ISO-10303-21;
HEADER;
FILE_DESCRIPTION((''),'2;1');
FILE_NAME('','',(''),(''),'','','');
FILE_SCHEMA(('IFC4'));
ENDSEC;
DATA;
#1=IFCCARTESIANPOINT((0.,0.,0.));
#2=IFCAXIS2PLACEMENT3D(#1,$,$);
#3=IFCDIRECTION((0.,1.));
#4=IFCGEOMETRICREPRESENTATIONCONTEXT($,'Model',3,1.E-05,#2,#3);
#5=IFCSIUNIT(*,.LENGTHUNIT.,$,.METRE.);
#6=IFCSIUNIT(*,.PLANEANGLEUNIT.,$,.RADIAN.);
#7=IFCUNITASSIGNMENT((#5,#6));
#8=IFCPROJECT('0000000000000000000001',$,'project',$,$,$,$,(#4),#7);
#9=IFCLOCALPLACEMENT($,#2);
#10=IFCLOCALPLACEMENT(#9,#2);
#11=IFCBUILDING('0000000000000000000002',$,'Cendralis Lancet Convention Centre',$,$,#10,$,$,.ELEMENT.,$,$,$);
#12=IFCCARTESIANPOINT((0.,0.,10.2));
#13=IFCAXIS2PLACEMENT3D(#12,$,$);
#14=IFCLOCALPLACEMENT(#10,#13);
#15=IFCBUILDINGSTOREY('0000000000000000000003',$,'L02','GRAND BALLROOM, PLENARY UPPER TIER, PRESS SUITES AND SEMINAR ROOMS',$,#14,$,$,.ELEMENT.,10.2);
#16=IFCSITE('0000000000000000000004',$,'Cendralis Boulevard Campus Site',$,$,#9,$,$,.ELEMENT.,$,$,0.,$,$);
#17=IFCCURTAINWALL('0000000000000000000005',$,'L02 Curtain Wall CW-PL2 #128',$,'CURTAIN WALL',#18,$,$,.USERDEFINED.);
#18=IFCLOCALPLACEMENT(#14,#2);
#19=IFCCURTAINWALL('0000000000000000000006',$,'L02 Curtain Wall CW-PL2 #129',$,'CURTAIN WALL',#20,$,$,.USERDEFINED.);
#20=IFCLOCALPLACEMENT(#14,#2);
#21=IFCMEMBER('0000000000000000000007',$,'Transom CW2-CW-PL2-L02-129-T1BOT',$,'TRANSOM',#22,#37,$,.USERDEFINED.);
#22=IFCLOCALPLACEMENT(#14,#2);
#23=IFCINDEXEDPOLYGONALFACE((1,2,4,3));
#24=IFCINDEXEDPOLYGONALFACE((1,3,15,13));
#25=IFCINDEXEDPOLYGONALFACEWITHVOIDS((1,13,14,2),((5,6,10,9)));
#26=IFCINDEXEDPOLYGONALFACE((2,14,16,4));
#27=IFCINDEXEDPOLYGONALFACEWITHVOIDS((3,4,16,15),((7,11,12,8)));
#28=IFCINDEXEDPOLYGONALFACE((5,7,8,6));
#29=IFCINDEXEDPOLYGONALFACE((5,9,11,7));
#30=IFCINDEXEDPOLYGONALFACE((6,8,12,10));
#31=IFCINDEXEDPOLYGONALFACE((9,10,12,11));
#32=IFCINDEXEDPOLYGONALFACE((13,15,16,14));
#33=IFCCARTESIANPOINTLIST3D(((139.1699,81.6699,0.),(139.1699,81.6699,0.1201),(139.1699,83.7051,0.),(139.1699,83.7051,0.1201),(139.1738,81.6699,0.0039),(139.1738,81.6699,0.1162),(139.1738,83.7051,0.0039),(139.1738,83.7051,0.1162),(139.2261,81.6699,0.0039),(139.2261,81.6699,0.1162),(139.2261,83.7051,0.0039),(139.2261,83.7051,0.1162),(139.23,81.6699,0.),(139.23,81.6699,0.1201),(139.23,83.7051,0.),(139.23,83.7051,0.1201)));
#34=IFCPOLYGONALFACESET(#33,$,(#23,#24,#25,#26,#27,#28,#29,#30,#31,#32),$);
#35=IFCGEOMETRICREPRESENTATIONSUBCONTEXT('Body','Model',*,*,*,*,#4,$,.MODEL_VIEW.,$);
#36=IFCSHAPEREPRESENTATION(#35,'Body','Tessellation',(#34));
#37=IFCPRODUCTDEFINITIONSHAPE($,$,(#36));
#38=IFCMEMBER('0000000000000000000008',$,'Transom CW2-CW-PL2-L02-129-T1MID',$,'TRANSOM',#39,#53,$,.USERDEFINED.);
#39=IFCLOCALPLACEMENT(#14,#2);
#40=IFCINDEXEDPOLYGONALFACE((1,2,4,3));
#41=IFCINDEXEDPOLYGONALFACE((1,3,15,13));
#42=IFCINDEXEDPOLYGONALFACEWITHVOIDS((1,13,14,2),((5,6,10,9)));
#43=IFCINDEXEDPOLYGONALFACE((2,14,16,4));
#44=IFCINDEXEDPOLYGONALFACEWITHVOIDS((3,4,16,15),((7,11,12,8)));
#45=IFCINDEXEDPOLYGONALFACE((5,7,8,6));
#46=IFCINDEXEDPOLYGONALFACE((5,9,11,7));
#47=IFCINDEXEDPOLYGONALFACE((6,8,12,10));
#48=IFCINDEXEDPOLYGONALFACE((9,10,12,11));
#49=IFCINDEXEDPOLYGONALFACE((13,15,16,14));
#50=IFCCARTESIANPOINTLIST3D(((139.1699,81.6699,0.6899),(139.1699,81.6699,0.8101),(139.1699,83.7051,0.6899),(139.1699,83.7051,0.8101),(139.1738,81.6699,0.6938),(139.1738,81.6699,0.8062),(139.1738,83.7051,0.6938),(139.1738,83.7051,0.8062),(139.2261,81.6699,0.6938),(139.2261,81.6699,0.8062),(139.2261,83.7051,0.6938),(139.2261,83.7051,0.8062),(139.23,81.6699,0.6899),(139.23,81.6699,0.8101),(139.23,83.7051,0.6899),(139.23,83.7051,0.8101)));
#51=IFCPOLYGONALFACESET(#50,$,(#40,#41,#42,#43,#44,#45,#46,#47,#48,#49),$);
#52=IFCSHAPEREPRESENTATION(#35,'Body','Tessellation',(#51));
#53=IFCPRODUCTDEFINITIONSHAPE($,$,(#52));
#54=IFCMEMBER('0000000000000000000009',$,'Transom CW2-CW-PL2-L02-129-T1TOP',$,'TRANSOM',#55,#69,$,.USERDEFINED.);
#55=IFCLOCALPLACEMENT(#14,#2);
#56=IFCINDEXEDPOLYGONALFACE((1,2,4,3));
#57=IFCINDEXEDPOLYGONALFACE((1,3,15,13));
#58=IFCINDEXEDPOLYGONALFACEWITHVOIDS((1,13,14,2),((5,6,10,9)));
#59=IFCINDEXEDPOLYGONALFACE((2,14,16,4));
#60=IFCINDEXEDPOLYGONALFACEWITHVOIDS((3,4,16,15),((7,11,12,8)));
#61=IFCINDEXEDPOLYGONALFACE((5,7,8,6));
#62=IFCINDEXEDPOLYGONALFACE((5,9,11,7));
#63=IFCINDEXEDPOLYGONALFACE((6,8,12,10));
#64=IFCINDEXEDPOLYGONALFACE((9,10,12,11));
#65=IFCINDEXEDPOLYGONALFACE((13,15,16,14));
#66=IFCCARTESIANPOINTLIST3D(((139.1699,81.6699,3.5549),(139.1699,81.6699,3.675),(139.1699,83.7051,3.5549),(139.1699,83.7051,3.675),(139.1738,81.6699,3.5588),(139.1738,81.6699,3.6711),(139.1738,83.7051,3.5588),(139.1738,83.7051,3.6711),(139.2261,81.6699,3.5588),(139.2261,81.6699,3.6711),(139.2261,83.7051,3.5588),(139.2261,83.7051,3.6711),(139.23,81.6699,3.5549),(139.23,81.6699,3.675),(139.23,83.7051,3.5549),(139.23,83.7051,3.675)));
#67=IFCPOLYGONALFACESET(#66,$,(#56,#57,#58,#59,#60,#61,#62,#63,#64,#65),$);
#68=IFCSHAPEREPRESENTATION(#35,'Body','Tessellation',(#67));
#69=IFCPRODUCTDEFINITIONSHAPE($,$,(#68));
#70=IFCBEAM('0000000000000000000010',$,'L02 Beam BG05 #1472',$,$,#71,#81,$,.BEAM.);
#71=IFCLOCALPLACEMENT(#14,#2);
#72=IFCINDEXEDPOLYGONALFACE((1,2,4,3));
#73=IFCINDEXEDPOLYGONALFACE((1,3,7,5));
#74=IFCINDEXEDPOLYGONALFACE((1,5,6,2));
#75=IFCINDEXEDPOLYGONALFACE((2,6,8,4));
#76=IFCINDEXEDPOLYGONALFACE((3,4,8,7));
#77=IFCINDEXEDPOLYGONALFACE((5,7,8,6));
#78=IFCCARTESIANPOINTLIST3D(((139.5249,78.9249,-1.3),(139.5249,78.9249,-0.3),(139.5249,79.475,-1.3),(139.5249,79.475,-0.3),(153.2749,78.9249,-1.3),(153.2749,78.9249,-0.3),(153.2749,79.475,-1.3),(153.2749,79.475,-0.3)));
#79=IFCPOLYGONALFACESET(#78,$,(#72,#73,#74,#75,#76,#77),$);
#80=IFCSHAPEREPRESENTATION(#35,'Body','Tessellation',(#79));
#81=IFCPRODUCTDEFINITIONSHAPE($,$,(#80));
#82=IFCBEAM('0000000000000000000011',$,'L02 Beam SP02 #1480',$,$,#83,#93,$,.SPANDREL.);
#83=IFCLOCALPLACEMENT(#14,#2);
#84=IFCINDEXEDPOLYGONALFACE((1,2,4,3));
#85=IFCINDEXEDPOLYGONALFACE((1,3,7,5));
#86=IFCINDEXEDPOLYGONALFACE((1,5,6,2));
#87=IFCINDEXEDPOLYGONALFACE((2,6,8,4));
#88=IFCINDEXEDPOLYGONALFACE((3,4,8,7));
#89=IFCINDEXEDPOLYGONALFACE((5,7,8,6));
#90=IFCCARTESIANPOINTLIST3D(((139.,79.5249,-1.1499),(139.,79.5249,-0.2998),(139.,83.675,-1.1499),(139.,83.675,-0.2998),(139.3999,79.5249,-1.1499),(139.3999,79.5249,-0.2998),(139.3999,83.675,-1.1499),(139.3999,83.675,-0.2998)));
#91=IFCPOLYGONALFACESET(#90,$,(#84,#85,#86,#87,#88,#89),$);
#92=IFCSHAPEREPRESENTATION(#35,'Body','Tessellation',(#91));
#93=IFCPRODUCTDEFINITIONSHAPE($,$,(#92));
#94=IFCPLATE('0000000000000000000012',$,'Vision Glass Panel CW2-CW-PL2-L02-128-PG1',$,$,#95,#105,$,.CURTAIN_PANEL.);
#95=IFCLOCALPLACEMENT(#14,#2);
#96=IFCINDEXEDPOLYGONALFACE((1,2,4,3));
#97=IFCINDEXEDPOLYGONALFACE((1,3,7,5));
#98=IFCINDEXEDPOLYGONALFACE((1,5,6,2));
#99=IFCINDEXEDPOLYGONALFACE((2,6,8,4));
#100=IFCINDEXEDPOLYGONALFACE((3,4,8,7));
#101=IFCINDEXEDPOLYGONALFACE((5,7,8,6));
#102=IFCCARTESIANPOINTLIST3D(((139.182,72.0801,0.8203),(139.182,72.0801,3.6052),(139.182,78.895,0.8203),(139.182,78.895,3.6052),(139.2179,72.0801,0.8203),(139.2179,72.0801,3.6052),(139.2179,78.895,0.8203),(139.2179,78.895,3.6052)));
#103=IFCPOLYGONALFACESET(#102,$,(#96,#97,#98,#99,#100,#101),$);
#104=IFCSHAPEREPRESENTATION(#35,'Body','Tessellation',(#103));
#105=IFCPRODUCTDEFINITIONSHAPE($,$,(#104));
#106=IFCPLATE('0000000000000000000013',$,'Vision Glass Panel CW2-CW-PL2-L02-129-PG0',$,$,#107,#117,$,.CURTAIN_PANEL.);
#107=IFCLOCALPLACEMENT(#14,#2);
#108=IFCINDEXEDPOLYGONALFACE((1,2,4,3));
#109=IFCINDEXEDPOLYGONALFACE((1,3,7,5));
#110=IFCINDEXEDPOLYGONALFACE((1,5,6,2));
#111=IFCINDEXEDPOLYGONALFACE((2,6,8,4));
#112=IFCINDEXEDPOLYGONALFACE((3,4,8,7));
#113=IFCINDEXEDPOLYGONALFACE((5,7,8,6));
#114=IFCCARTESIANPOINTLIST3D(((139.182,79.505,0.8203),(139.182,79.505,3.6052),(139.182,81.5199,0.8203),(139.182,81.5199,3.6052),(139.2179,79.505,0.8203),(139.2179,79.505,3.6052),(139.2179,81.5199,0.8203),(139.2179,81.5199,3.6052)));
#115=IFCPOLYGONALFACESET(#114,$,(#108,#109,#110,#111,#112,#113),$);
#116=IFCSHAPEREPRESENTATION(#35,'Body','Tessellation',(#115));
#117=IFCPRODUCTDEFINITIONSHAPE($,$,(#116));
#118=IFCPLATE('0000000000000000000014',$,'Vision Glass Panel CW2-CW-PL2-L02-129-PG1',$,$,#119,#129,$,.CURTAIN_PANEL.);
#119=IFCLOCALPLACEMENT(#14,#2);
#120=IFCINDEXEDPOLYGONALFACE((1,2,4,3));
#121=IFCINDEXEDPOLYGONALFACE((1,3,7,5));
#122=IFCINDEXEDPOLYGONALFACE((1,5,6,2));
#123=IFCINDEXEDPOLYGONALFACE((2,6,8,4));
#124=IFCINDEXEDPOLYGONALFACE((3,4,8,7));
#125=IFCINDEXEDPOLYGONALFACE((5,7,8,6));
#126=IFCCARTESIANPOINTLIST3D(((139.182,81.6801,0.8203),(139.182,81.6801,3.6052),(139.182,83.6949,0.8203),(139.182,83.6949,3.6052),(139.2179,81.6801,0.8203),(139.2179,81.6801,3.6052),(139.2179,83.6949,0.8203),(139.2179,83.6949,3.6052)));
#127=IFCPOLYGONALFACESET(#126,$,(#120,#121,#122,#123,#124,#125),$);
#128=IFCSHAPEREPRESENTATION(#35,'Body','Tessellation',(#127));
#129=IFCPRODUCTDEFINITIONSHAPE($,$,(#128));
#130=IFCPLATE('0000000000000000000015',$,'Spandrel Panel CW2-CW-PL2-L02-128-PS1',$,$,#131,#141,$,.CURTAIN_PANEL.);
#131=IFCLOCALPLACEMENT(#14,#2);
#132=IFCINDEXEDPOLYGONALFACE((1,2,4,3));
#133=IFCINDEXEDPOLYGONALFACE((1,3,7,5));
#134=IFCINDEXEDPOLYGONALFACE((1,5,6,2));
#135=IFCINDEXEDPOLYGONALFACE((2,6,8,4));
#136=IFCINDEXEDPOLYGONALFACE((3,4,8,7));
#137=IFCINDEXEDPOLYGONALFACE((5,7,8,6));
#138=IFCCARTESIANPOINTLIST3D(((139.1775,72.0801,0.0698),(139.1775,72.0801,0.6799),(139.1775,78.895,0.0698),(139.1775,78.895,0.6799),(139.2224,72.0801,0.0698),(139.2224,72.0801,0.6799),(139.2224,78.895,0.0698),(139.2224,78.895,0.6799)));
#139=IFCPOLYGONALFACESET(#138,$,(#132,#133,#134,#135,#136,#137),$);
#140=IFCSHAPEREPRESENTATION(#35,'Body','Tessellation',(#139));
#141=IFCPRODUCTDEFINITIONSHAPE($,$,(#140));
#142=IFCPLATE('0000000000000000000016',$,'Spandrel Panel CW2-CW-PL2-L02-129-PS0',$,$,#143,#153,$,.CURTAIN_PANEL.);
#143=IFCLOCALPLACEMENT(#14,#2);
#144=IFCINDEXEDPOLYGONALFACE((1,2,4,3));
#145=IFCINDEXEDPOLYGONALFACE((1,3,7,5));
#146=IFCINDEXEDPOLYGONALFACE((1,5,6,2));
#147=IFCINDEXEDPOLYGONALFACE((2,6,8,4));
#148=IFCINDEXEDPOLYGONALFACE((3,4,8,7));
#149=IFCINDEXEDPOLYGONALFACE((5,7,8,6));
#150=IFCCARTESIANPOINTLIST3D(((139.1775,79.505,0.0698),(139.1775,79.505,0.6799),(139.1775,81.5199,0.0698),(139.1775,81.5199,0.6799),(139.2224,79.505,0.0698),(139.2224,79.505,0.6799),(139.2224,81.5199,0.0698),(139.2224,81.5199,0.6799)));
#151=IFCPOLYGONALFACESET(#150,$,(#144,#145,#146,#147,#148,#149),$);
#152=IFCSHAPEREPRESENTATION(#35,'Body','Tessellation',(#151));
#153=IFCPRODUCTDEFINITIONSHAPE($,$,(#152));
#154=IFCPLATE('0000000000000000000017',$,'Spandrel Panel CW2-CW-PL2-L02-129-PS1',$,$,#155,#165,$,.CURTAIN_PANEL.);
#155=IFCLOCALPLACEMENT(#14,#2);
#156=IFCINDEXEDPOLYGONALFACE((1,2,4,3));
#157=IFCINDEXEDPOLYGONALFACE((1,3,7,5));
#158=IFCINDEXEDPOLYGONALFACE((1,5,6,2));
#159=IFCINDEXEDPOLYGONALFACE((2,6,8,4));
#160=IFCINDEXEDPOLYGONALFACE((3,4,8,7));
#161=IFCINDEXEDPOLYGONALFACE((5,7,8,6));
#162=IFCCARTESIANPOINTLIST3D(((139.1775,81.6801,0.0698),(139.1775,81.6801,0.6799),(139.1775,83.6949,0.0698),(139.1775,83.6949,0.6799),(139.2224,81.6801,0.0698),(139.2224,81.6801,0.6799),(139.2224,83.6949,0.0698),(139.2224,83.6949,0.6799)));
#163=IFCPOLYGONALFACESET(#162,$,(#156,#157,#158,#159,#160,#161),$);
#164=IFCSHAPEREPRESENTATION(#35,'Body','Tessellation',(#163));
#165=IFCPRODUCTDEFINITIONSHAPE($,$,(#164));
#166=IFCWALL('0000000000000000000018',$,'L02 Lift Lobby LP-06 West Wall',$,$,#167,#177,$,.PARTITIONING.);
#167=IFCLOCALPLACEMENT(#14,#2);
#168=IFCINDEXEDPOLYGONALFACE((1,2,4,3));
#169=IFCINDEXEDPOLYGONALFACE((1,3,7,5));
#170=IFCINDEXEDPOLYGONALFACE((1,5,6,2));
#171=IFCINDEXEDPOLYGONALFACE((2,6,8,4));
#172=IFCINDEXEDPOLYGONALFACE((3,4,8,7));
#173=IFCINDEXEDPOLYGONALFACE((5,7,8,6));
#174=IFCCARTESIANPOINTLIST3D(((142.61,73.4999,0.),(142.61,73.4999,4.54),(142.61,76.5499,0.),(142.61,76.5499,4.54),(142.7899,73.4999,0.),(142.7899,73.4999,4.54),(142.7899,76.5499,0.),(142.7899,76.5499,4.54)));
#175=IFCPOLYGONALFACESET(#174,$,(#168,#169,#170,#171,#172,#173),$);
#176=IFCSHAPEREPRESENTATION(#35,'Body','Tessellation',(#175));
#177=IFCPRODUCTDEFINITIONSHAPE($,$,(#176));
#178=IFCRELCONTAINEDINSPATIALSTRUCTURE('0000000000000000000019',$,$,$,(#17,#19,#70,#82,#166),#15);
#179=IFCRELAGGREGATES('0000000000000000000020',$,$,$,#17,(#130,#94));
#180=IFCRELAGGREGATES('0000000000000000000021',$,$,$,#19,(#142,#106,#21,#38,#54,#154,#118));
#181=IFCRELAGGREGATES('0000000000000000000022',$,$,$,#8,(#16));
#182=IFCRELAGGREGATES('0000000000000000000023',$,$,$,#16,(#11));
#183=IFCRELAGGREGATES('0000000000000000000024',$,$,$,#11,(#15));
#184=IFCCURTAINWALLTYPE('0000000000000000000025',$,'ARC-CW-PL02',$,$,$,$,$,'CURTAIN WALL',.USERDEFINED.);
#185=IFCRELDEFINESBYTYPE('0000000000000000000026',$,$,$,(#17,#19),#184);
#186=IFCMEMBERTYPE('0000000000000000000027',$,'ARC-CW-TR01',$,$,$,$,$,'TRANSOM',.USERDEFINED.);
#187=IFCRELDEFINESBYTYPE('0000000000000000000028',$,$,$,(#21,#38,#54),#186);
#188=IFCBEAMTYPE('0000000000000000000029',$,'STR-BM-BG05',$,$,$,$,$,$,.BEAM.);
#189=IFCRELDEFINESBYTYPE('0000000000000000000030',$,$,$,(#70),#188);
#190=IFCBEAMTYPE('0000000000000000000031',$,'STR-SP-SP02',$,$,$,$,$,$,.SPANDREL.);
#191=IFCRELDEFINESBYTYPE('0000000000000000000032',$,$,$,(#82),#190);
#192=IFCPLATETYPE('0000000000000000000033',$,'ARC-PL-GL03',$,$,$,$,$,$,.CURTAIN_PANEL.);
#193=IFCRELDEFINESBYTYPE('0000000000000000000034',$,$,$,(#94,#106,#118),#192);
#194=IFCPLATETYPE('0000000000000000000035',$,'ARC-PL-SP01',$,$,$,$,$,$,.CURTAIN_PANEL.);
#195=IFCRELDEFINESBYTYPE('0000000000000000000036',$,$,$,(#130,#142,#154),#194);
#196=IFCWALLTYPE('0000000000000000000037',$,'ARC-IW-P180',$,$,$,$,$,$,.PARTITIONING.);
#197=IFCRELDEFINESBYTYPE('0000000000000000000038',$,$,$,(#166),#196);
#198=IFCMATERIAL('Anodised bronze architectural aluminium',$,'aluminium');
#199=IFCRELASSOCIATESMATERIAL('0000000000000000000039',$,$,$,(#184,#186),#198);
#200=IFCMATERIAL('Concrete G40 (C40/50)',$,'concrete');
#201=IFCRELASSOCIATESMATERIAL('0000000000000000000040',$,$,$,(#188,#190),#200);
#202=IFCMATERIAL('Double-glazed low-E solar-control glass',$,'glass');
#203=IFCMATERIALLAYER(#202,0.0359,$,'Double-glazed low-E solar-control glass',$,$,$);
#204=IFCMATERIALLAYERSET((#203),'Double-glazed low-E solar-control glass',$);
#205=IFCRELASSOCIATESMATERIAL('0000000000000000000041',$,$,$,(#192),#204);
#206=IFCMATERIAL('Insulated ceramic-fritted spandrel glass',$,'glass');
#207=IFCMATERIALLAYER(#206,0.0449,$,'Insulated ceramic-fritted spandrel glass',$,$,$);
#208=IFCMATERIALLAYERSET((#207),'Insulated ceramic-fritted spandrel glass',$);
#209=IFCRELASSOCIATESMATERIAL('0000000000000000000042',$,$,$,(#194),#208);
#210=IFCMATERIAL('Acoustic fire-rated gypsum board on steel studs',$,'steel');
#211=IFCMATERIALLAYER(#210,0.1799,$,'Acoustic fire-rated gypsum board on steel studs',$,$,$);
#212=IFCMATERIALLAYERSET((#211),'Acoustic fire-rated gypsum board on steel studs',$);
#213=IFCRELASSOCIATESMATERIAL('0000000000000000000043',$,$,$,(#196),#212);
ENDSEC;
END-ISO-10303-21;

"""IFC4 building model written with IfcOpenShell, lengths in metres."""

from ifc_helpers import new_model, si_unit, direction, frame, frame_2d, origin, origin_2d, place, context, subcontext, project, spatial, rectangle, hollow_rectangle, extrude, material, layer, layer_set, material_profile, profile_set, type_object, element, aggregate, save


model = new_model("IFC4")

# Units and contexts
model_context = context("Model", 3, precision=1e-05, world=origin(), true_north=direction((0.0, 1.0)))
body_context = subcontext(model_context, "Body", "Model", "MODEL_VIEW")
ifc_project = project(units=[si_unit("LENGTHUNIT", "METRE"), si_unit("PLANEANGLEUNIT", "RADIAN")], contexts=[model_context])

# Site, building, storey
site_placement = place(None, origin())
site = spatial("IfcSite", under=ifc_project, at=site_placement, Name="Cendralis Boulevard Campus Site", CompositionType="ELEMENT", RefElevation=0.0)
building_placement = place(site_placement, origin())
building = spatial("IfcBuilding", under=site, at=building_placement, Name="Cendralis Lancet Convention Centre", CompositionType="ELEMENT")
storey_placement = place(building_placement, frame((0.0, 0.0, 10.2)))
storey = spatial("IfcBuildingStorey", under=building, at=storey_placement, Name="L02", Description="GRAND BALLROOM, PLENARY UPPER TIER, PRESS SUITES AND SEMINAR ROOMS", CompositionType="ELEMENT", Elevation=10.2)

# Curtain wall
ifc_material_1 = material(Name="Anodised bronze architectural aluminium", Category="aluminium")
curtain_wall_type = type_object("IfcCurtainWallType", Name="ARC-CW-PL02", ElementType="CURTAIN WALL", PredefinedType="USERDEFINED", material=ifc_material_1)
curtain_wall_1_placement = place(storey_placement, origin())
curtain_wall_1 = element("IfcCurtainWall", 1, at=curtain_wall_1_placement, inside=storey, type_object=curtain_wall_type, Name="L02 Curtain Wall CW-PL2 #128", ObjectType="CURTAIN WALL", PredefinedType="USERDEFINED")

# Curtain wall
curtain_wall_2_placement = place(storey_placement, origin())
curtain_wall_2 = element("IfcCurtainWall", 2, at=curtain_wall_2_placement, inside=storey, type_object=curtain_wall_type, Name="L02 Curtain Wall CW-PL2 #129", ObjectType="CURTAIN WALL", PredefinedType="USERDEFINED")

# Members
ifc_material_profile_1 = material_profile(ifc_material_1, hollow_rectangle(XDim=0.0601, YDim=0.1201, WallThickness=0.0039, at=origin_2d()), Name="AL-TRAN 60x120x4.0")
ifc_profile_set_1 = profile_set([ifc_material_profile_1], Name="Anodised bronze architectural aluminium")
member_type_1 = type_object("IfcMemberType", Name="ARC-CW-TR01", ElementType="TRANSOM", PredefinedType="USERDEFINED", material=ifc_profile_set_1)
member_1_placement = place(storey_placement, frame((139.2, 81.6699, 0.0601), z_axis=(0.0, 1.0, 0.0), x_axis=(-1.0, 0.0, 0.0)))
member_1 = element("IfcMember", 3, at=member_1_placement, type_object=member_type_1, Name="Transom CW2-CW-PL2-L02-129-T1BOT", ObjectType="TRANSOM", PredefinedType="USERDEFINED", context=body_context, shape_type="SweptSolid", body=[
    extrude(hollow_rectangle(XDim=0.0601, YDim=0.1201, WallThickness=0.0039, at=origin_2d()), origin(), (0.0, 0.0, 1.0), 2.0352),
])
member_2_placement = place(storey_placement, frame((139.2, 81.6699, 0.75), z_axis=(0.0, 1.0, 0.0), x_axis=(-1.0, 0.0, 0.0)))
member_2 = element("IfcMember", 4, at=member_2_placement, type_object=member_type_1, Name="Transom CW2-CW-PL2-L02-129-T1MID", ObjectType="TRANSOM", PredefinedType="USERDEFINED", context=body_context, shape_type="SweptSolid", body=[
    extrude(hollow_rectangle(XDim=0.0601, YDim=0.1201, WallThickness=0.0039, at=origin_2d()), origin(), (0.0, 0.0, 1.0), 2.0352),
])
member_3_placement = place(storey_placement, frame((139.2, 81.6699, 3.615), z_axis=(0.0, 1.0, 0.0), x_axis=(-1.0, 0.0, 0.0)))
member_3 = element("IfcMember", 5, at=member_3_placement, type_object=member_type_1, Name="Transom CW2-CW-PL2-L02-129-T1TOP", ObjectType="TRANSOM", PredefinedType="USERDEFINED", context=body_context, shape_type="SweptSolid", body=[
    extrude(hollow_rectangle(XDim=0.0601, YDim=0.1201, WallThickness=0.0039, at=origin_2d()), origin(), (0.0, 0.0, 1.0), 2.0352),
])

# Beams
ifc_material_2 = material(Name="Concrete G40 (C40/50)", Category="concrete")
ifc_material_profile_2 = material_profile(ifc_material_2, rectangle(XDim=0.55, YDim=1.0, at=origin_2d()), Name="RCB 550x1000")
ifc_profile_set_2 = profile_set([ifc_material_profile_2], Name="Concrete G40 (C40/50)")
beam_type_1 = type_object("IfcBeamType", Name="STR-BM-BG05", PredefinedType="BEAM", material=ifc_profile_set_2)
beam_1_placement = place(storey_placement, frame((139.5249, 79.2, -0.8), z_axis=(1.0, 0.0, 0.0), x_axis=(0.0, 1.0, 0.0)))
element("IfcBeam", 6, at=beam_1_placement, inside=storey, type_object=beam_type_1, Name="L02 Beam BG05 #1472", PredefinedType="BEAM", context=body_context, shape_type="SweptSolid", body=[
    extrude(rectangle(XDim=0.55, YDim=1.0, at=origin_2d()), origin(), (0.0, 0.0, 1.0), 13.75),
])
ifc_material_profile_3 = material_profile(ifc_material_2, rectangle(XDim=0.3999, YDim=0.8501, at=origin_2d()), Name="RCB 400x850")
ifc_profile_set_3 = profile_set([ifc_material_profile_3], Name="Concrete G40 (C40/50)")
beam_type_2 = type_object("IfcBeamType", Name="STR-SP-SP02", PredefinedType="SPANDREL", material=ifc_profile_set_3)
beam_2_placement = place(storey_placement, frame((139.2, 79.5249, -0.7249), z_axis=(0.0, 1.0, 0.0), x_axis=(-1.0, 0.0, 0.0)))
element("IfcBeam", 7, at=beam_2_placement, inside=storey, type_object=beam_type_2, Name="L02 Beam SP02 #1480", PredefinedType="SPANDREL", context=body_context, shape_type="SweptSolid", body=[
    extrude(rectangle(XDim=0.3999, YDim=0.8501, at=origin_2d()), origin(), (0.0, 0.0, 1.0), 4.1501),
])

# Plates
ifc_material_3 = material(Name="Double-glazed low-E solar-control glass", Category="glass")
ifc_layer_1 = layer(ifc_material_3, 0.0359, Name="Double-glazed low-E solar-control glass")
ifc_layer_set_1 = layer_set([ifc_layer_1], Name="Double-glazed low-E solar-control glass")
plate_type_1 = type_object("IfcPlateType", Name="ARC-PL-GL03", PredefinedType="CURTAIN_PANEL", material=ifc_layer_set_1)
plate_1_placement = place(storey_placement, frame((139.2, 75.4875, 0.8203), z_axis=(0.0, 0.0, 1.0), x_axis=(0.0, 1.0, 0.0)))
plate_1 = element("IfcPlate", 8, at=plate_1_placement, type_object=plate_type_1, Name="Vision Glass Panel CW2-CW-PL2-L02-128-PG1", PredefinedType="CURTAIN_PANEL", context=body_context, shape_type="SweptSolid", body=[
    extrude(rectangle(XDim=6.8149, YDim=0.0359, at=origin_2d()), origin(), (0.0, 0.0, 1.0), 2.7849),
])
plate_2_placement = place(storey_placement, frame((139.2, 80.5125, 0.8203), z_axis=(0.0, 0.0, 1.0), x_axis=(0.0, 1.0, 0.0)))
plate_2 = element("IfcPlate", 9, at=plate_2_placement, type_object=plate_type_1, Name="Vision Glass Panel CW2-CW-PL2-L02-129-PG0", PredefinedType="CURTAIN_PANEL", context=body_context, shape_type="SweptSolid", body=[
    extrude(rectangle(XDim=2.0149, YDim=0.0359, at=origin_2d()), origin(), (0.0, 0.0, 1.0), 2.7849),
])
plate_3_placement = place(storey_placement, frame((139.2, 82.6875, 0.8203), z_axis=(0.0, 0.0, 1.0), x_axis=(0.0, 1.0, 0.0)))
plate_3 = element("IfcPlate", 10, at=plate_3_placement, type_object=plate_type_1, Name="Vision Glass Panel CW2-CW-PL2-L02-129-PG1", PredefinedType="CURTAIN_PANEL", context=body_context, shape_type="SweptSolid", body=[
    extrude(rectangle(XDim=2.0149, YDim=0.0359, at=origin_2d()), origin(), (0.0, 0.0, 1.0), 2.7849),
])
ifc_material_4 = material(Name="Insulated ceramic-fritted spandrel glass", Category="glass")
ifc_layer_2 = layer(ifc_material_4, 0.0449, Name="Insulated ceramic-fritted spandrel glass")
ifc_layer_set_2 = layer_set([ifc_layer_2], Name="Insulated ceramic-fritted spandrel glass")
plate_type_2 = type_object("IfcPlateType", Name="ARC-PL-SP01", PredefinedType="CURTAIN_PANEL", material=ifc_layer_set_2)
plate_4_placement = place(storey_placement, frame((139.2, 75.4875, 0.0698), z_axis=(0.0, 0.0, 1.0), x_axis=(0.0, 1.0, 0.0)))
plate_4 = element("IfcPlate", 11, at=plate_4_placement, type_object=plate_type_2, Name="Spandrel Panel CW2-CW-PL2-L02-128-PS1", PredefinedType="CURTAIN_PANEL", context=body_context, shape_type="SweptSolid", body=[
    extrude(rectangle(XDim=6.8149, YDim=0.0449, at=origin_2d()), origin(), (0.0, 0.0, 1.0), 0.6101),
])
aggregate(curtain_wall_1, [plate_4, plate_1])
plate_5_placement = place(storey_placement, frame((139.2, 80.5125, 0.0698), z_axis=(0.0, 0.0, 1.0), x_axis=(0.0, 1.0, 0.0)))
plate_5 = element("IfcPlate", 12, at=plate_5_placement, type_object=plate_type_2, Name="Spandrel Panel CW2-CW-PL2-L02-129-PS0", PredefinedType="CURTAIN_PANEL", context=body_context, shape_type="SweptSolid", body=[
    extrude(rectangle(XDim=2.0149, YDim=0.0449, at=origin_2d()), origin(), (0.0, 0.0, 1.0), 0.6101),
])
plate_6_placement = place(storey_placement, frame((139.2, 82.6875, 0.0698), z_axis=(0.0, 0.0, 1.0), x_axis=(0.0, 1.0, 0.0)))
plate_6 = element("IfcPlate", 13, at=plate_6_placement, type_object=plate_type_2, Name="Spandrel Panel CW2-CW-PL2-L02-129-PS1", PredefinedType="CURTAIN_PANEL", context=body_context, shape_type="SweptSolid", body=[
    extrude(rectangle(XDim=2.0149, YDim=0.0449, at=origin_2d()), origin(), (0.0, 0.0, 1.0), 0.6101),
])
aggregate(curtain_wall_2, [plate_5, plate_2, member_1, member_2, member_3, plate_6, plate_3])

# Shared definitions
ifc_material_5 = material(Name="Acoustic fire-rated gypsum board on steel studs", Category="steel")
ifc_layer_3 = layer(ifc_material_5, 0.1799, Name="Acoustic fire-rated gypsum board on steel studs")
ifc_layer_set_3 = layer_set([ifc_layer_3], Name="Acoustic fire-rated gypsum board on steel studs")
wall_type_1 = type_object("IfcWallType", Name="ARC-IW-P180", PredefinedType="PARTITIONING", material=ifc_layer_set_3)

# Wall
wall_1_placement = place(storey_placement, frame((142.7, 73.5, 0.0), z_axis=(0.0, 0.0, 1.0), x_axis=(0.0, 1.0, 0.0)))
element("IfcWall", 14, at=wall_1_placement, inside=storey, type_object=wall_type_1, Name="L02 Lift Lobby LP-06 West Wall", PredefinedType="PARTITIONING", context=body_context, shape_type="SweptSolid", body=[
    extrude(rectangle(XDim=3.05, YDim=0.1799, at=frame_2d((1.5249, 0.0))), origin(), (0.0, 0.0, 1.0), 4.54),
])

save(model, "model.ifc")
